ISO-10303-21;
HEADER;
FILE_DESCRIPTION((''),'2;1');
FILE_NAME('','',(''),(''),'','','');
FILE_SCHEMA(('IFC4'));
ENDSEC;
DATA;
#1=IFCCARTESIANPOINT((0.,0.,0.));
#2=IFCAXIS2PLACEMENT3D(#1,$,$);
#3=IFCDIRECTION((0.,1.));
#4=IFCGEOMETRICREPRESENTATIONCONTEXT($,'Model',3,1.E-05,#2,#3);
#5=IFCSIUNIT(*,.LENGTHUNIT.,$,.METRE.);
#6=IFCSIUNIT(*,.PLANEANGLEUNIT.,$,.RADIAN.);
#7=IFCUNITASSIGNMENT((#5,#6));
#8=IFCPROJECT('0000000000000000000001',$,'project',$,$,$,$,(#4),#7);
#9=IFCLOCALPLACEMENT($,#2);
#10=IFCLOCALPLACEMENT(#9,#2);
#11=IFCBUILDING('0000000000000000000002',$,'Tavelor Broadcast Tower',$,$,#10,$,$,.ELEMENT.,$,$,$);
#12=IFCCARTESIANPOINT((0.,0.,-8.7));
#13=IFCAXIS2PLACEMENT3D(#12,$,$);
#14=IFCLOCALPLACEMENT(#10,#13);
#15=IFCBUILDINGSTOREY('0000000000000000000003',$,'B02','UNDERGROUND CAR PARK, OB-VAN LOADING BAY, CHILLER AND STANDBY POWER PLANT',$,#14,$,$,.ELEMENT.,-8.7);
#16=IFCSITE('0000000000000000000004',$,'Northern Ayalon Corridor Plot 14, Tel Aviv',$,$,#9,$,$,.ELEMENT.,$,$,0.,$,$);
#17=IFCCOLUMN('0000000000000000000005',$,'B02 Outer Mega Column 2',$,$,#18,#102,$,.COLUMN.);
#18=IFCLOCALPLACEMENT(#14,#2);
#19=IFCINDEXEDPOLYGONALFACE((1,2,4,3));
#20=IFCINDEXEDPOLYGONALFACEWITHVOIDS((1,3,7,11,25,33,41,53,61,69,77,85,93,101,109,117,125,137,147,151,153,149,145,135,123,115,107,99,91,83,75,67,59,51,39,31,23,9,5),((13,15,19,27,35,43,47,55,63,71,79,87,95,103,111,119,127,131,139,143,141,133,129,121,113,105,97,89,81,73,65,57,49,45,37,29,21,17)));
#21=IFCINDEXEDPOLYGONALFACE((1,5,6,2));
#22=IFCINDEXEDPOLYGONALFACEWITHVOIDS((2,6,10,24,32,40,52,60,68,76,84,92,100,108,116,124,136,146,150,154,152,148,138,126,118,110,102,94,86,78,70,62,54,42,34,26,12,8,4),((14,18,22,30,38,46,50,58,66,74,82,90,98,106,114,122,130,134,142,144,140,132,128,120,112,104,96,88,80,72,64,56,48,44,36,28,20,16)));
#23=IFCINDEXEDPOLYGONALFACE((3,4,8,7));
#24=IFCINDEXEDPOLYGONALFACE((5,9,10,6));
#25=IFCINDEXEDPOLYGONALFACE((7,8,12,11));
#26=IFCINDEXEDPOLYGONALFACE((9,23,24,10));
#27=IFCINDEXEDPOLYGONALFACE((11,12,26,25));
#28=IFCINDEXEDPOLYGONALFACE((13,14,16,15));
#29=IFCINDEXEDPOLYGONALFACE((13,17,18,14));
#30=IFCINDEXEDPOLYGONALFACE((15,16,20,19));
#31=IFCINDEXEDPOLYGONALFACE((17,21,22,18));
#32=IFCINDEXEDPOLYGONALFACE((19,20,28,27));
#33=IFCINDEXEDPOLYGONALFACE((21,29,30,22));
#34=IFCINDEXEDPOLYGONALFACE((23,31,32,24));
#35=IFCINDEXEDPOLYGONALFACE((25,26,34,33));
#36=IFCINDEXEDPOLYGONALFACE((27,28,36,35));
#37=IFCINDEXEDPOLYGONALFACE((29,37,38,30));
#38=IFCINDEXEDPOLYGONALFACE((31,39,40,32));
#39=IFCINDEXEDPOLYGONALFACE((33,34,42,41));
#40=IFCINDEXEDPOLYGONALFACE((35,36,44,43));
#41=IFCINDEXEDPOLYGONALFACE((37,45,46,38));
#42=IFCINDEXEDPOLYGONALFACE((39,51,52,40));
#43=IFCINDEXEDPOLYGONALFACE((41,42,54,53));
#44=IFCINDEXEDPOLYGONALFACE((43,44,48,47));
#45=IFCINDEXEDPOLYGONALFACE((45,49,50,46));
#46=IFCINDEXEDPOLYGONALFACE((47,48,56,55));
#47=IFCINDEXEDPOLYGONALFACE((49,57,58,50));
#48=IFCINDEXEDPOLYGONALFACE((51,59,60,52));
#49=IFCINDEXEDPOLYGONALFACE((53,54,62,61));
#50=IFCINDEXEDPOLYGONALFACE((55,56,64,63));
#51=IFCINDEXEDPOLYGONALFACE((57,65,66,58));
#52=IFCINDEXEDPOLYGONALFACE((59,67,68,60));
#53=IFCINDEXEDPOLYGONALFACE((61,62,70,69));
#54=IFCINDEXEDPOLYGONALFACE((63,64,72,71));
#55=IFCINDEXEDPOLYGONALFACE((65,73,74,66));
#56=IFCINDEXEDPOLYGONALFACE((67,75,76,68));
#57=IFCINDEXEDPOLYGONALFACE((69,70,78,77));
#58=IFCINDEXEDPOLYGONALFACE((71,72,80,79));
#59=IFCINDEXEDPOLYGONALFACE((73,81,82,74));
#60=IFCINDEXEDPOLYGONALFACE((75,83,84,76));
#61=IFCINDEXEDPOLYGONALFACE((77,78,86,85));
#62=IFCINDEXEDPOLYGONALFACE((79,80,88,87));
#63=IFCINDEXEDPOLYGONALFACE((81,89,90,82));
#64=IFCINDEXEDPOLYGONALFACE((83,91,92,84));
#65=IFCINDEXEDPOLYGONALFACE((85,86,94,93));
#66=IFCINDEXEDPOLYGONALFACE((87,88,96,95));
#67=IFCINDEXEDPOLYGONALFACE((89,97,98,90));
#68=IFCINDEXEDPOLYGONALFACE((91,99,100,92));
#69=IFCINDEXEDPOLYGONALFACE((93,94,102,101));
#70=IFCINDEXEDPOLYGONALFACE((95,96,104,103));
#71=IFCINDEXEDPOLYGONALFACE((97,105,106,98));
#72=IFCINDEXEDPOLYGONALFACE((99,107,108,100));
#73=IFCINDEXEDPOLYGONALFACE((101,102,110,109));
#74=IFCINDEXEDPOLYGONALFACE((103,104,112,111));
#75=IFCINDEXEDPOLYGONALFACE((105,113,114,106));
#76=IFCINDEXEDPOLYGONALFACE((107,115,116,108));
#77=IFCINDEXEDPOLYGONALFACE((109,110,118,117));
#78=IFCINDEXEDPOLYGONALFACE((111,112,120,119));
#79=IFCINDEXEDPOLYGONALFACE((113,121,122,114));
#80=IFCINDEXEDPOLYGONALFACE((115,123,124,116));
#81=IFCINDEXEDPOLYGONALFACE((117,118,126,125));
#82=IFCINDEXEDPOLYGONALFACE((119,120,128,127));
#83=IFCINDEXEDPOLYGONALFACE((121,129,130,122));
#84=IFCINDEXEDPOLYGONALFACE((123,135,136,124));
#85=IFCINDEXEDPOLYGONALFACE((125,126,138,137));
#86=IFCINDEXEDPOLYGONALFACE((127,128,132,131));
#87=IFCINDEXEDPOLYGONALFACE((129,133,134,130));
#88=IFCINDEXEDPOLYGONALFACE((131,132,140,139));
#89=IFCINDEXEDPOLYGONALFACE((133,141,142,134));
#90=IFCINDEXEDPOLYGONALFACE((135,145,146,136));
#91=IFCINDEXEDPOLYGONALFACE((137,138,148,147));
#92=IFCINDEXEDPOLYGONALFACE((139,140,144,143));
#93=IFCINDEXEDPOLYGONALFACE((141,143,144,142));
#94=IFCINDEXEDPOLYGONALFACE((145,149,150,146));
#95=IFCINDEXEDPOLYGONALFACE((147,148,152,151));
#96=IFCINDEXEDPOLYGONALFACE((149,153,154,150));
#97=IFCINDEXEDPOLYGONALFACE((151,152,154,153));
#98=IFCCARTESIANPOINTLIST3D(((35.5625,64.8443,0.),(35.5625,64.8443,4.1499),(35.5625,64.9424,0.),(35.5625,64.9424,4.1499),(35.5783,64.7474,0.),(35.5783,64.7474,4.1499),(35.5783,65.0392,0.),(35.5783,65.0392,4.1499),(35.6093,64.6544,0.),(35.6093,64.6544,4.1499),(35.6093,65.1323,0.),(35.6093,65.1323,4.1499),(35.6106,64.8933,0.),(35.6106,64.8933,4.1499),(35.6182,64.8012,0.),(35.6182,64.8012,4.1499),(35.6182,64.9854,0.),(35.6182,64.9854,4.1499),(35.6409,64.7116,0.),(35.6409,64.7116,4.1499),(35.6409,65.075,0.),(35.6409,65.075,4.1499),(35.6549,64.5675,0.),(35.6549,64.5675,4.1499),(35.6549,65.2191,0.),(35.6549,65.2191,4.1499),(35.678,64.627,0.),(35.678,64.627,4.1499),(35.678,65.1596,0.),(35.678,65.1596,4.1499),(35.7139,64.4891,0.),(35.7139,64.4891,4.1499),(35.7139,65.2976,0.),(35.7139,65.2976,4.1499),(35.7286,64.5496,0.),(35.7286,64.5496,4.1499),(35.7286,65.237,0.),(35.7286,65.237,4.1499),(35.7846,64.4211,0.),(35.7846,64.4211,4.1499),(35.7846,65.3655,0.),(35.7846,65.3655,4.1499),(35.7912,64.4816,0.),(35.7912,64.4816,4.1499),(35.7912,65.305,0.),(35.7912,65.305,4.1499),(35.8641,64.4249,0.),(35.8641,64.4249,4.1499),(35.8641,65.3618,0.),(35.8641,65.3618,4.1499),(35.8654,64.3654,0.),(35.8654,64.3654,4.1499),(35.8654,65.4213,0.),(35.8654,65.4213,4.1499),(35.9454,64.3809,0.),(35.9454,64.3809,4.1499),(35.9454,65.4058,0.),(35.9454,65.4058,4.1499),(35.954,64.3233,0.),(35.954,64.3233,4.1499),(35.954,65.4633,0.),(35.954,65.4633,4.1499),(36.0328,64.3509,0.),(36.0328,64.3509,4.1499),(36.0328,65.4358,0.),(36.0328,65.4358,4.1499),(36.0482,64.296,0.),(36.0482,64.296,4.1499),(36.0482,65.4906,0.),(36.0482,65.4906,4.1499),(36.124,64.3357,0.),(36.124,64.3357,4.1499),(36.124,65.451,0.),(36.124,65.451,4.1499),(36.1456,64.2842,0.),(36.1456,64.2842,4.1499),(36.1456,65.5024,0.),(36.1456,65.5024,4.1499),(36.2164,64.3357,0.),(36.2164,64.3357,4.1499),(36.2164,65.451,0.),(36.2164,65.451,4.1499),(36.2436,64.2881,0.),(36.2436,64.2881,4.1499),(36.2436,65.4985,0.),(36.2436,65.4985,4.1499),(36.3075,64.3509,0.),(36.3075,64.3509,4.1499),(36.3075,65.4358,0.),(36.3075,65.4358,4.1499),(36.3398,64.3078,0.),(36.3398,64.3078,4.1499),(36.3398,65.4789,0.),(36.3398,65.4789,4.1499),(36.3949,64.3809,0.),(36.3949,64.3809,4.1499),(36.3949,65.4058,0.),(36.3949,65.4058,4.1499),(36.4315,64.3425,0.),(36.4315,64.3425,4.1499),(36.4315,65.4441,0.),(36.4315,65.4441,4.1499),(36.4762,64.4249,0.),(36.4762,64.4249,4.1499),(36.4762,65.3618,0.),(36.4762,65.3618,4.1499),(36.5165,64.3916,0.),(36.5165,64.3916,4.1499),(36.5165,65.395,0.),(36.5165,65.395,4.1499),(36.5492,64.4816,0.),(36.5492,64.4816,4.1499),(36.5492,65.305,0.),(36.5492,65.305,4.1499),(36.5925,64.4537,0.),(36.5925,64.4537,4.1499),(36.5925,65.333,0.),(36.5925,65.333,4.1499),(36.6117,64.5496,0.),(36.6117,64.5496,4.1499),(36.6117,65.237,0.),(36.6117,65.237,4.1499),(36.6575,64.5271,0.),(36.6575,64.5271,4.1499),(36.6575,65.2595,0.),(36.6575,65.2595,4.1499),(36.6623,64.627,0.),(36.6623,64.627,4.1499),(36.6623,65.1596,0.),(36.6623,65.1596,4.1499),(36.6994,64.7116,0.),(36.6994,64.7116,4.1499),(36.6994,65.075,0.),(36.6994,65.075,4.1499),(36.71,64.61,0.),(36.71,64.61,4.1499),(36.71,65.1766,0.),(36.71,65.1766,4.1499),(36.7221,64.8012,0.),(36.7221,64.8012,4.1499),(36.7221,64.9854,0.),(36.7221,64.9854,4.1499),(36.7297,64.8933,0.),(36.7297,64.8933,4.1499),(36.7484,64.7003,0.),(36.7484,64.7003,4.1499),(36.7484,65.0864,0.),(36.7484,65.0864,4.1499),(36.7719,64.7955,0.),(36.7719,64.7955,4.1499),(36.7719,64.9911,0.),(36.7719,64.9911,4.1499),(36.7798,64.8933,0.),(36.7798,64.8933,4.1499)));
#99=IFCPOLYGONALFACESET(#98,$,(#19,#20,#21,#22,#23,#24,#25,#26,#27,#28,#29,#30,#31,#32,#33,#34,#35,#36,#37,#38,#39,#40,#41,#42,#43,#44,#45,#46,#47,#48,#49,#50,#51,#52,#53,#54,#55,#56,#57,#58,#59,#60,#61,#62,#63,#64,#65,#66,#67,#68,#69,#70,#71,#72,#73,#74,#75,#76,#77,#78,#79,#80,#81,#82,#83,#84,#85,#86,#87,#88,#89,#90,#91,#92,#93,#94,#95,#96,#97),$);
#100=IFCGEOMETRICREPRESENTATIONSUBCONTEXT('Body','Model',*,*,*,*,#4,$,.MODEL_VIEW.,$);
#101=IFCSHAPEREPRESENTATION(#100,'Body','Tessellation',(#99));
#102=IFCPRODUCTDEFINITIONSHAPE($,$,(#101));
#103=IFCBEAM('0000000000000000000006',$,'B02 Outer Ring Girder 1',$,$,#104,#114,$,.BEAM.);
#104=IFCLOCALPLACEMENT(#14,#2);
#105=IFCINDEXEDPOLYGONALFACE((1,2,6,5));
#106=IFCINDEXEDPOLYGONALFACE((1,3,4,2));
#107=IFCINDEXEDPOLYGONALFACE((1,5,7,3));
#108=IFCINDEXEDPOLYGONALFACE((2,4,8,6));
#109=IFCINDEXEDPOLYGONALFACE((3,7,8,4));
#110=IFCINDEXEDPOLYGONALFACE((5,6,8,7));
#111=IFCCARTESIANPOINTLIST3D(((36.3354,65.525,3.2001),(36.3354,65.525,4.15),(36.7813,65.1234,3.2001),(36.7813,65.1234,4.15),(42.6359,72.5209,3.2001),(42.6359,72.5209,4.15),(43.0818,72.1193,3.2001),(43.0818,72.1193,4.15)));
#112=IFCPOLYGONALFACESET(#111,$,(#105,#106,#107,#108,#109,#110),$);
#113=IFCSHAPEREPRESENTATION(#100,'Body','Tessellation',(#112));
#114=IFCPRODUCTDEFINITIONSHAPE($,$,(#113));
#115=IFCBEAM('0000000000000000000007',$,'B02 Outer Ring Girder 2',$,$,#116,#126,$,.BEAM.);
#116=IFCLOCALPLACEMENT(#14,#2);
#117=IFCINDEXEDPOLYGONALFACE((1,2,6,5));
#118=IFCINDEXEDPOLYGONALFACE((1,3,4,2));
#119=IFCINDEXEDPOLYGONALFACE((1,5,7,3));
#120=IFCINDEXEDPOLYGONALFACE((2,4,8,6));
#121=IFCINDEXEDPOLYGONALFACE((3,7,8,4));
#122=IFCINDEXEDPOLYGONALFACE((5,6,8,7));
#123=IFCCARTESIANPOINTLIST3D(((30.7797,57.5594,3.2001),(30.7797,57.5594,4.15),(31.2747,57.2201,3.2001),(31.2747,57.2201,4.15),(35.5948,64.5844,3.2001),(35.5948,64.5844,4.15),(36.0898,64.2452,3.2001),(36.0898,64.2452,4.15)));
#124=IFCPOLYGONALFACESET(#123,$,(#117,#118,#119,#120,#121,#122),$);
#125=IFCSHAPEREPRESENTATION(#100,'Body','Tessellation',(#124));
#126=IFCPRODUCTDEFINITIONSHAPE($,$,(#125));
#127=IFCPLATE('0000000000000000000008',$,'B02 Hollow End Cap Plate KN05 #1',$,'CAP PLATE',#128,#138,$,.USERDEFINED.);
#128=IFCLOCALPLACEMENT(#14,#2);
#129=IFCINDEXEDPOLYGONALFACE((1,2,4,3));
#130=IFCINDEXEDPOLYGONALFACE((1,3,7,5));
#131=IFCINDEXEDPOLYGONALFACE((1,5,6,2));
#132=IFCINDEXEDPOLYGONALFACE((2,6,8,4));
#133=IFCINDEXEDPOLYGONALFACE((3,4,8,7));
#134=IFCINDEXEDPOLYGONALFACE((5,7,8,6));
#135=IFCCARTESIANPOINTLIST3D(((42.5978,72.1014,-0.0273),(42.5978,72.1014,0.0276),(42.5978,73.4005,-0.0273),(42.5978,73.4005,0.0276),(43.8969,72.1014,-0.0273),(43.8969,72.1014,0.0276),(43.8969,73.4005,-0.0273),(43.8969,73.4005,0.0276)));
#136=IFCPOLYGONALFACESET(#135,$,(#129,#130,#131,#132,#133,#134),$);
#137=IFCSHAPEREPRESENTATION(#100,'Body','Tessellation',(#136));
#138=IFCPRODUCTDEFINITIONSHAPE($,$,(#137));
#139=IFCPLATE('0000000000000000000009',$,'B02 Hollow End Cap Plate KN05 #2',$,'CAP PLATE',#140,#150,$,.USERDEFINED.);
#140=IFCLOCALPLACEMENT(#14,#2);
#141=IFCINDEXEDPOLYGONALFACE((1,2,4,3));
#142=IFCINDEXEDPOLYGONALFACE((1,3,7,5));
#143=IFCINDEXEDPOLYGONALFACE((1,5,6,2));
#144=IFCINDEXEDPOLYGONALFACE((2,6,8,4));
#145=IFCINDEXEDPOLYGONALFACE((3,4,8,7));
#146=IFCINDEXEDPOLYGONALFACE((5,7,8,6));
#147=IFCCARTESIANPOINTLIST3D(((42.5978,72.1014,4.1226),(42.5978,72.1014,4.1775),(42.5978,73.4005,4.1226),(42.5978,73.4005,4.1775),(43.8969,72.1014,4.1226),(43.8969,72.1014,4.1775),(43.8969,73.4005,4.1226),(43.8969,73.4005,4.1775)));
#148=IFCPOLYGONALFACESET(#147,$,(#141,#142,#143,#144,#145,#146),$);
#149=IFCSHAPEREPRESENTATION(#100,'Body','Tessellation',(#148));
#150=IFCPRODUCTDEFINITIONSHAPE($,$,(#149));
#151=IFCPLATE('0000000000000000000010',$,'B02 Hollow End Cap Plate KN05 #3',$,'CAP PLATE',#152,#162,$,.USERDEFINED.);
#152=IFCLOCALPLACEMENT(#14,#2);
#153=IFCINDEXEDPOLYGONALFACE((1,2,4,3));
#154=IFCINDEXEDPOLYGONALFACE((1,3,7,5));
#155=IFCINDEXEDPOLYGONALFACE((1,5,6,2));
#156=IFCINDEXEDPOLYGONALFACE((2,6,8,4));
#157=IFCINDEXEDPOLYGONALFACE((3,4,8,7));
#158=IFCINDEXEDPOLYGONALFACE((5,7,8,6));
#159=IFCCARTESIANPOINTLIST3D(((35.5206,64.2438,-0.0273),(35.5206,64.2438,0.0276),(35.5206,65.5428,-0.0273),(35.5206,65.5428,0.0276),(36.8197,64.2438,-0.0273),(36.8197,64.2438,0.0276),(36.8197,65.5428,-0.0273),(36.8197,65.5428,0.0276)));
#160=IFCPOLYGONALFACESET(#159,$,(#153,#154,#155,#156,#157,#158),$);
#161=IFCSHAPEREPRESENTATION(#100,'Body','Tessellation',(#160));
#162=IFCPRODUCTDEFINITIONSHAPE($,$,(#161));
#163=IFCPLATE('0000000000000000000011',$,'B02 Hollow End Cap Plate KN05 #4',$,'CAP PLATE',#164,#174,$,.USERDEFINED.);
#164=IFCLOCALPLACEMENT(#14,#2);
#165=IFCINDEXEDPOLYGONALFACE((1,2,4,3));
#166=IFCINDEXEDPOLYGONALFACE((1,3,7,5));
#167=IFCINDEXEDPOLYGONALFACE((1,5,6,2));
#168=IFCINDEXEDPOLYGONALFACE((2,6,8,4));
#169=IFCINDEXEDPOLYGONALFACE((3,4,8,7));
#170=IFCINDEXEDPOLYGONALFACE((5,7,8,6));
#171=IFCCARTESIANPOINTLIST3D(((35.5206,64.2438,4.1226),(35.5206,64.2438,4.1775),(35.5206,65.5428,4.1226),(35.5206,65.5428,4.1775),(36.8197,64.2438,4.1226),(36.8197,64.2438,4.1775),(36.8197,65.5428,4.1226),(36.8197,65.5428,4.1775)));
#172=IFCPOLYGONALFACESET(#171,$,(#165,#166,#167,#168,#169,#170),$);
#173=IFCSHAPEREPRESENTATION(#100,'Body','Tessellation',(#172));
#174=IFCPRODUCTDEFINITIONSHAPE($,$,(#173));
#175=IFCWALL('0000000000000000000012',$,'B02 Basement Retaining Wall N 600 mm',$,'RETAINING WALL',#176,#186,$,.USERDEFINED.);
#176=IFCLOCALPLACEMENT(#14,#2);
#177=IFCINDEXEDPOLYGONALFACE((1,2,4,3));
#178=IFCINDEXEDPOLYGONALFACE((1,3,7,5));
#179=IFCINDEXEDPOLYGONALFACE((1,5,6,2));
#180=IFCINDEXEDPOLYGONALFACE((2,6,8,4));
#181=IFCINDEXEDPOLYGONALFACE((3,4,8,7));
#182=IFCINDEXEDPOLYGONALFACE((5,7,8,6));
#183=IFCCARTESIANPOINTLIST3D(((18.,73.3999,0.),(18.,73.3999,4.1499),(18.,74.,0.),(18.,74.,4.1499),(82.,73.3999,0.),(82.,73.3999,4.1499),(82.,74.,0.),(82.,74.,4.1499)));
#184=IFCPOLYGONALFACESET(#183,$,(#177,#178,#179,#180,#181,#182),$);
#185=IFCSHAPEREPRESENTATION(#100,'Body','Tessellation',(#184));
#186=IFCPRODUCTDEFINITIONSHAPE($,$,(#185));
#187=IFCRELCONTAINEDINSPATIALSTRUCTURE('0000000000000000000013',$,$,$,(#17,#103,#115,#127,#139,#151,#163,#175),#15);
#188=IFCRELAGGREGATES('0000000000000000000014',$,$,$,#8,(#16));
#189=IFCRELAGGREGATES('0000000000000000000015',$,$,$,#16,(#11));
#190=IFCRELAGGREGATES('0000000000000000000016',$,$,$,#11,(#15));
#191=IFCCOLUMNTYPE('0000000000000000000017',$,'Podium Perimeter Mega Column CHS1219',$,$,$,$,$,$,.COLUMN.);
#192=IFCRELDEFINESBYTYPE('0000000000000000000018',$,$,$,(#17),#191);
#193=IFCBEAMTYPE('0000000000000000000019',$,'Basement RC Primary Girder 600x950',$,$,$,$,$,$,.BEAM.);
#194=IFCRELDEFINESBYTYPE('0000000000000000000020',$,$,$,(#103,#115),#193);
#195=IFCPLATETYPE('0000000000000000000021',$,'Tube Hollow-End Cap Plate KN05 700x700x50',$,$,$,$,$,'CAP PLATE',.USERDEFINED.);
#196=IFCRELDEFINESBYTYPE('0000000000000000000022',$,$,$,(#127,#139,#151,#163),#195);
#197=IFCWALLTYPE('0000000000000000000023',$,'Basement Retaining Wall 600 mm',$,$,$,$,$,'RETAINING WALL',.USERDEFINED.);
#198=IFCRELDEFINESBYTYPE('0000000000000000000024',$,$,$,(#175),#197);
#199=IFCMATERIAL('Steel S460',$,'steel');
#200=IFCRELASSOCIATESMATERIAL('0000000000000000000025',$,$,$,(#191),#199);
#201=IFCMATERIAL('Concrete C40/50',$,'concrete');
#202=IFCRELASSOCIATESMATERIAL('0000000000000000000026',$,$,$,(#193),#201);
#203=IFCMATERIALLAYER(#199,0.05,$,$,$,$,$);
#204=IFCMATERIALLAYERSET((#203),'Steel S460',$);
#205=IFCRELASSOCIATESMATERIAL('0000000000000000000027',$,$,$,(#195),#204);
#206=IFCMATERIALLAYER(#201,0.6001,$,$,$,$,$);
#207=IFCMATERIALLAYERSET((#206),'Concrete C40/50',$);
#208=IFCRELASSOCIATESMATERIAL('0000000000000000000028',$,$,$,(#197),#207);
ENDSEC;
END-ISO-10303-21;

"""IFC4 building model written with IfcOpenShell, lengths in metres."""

from ifc_helpers import new_model, si_unit, direction, frame, frame_2d, origin, origin_2d, place, context, subcontext, project, spatial, rectangle, hollow_circle, extrude, source, transform, mapped, material, layer, layer_set, material_profile, profile_set, type_object, type_shapes, element, save


model = new_model("IFC4")

# Units and contexts
model_context = context("Model", 3, precision=1e-05, world=origin(), true_north=direction((0.0, 1.0)))
body_context = subcontext(model_context, "Body", "Model", "MODEL_VIEW")
ifc_project = project(units=[si_unit("LENGTHUNIT", "METRE"), si_unit("PLANEANGLEUNIT", "RADIAN")], contexts=[model_context])

# Site, building, storey
site_placement = place(None, origin())
site = spatial("IfcSite", under=ifc_project, at=site_placement, Name="Northern Ayalon Corridor Plot 14, Tel Aviv", CompositionType="ELEMENT", RefElevation=0.0)
building_placement = place(site_placement, origin())
building = spatial("IfcBuilding", under=site, at=building_placement, Name="Tavelor Broadcast Tower", CompositionType="ELEMENT")
storey_placement = place(building_placement, frame((0.0, 0.0, -8.7)))
storey = spatial("IfcBuildingStorey", under=building, at=storey_placement, Name="B02", Description="UNDERGROUND CAR PARK, OB-VAN LOADING BAY, CHILLER AND STANDBY POWER PLANT", CompositionType="ELEMENT", Elevation=-8.7)

# Shared definitions
ifc_material_1 = material(Name="Concrete C40/50", Category="concrete")

# Column
ifc_material_2 = material(Name="Steel S460", Category="steel")
ifc_material_profile_1 = material_profile(ifc_material_2, hollow_circle(Radius=0.6096, WallThickness=0.05, at=origin_2d()), Name="CHS 1219x50")
ifc_profile_set_1 = profile_set([ifc_material_profile_1], Name="Steel S460")
column_type = type_object("IfcColumnType", Name="Podium Perimeter Mega Column CHS1219", PredefinedType="COLUMN", material=ifc_profile_set_1)
for number, where, z_axis, x_axis, name in (
    (1, (36.1702, 64.8933, 0.0), (0.0, 0.0, 1.0), (1.0, 0.0, 0.0), "B02 Outer Mega Column 2"),
):
    element("IfcColumn", number, at=place(storey_placement, frame(where, z_axis=z_axis, x_axis=x_axis)), inside=storey, type_object=column_type, Name=name, PredefinedType="COLUMN", context=body_context, shape_type="SweptSolid", body=[
        extrude(hollow_circle(Radius=0.6096, WallThickness=0.05, at=origin_2d()), origin(), (0.0, 0.0, 1.0), 4.1499),
    ])

# Beams
ifc_material_profile_2 = material_profile(ifc_material_1, rectangle(XDim=0.6001, YDim=0.95, at=origin_2d()), Name="RC 600x950")
ifc_profile_set_2 = profile_set([ifc_material_profile_2], Name="Concrete C40/50")
beam_type = type_object("IfcBeamType", Name="Basement RC Primary Girder 600x950", PredefinedType="BEAM", material=ifc_profile_set_2)
beam_1_placement = place(storey_placement, frame((42.8589, 72.3201, 3.675), z_axis=(-0.669215, -0.743068, 0.0), x_axis=(0.743068, -0.669215, 0.0)))
element("IfcBeam", 2, at=beam_1_placement, inside=storey, type_object=beam_type, Name="B02 Outer Ring Girder 1", PredefinedType="BEAM", context=body_context, shape_type="SweptSolid", body=[
    extrude(rectangle(XDim=0.6001, YDim=0.95, at=origin_2d()), origin(), (0.0, 0.0, 1.0), 9.4148),
])
beam_2_placement = place(storey_placement, frame((35.8423, 64.4148, 3.675), z_axis=(-0.565364, -0.824842, 0.0), x_axis=(0.824842, -0.565364, 0.0)))
element("IfcBeam", 3, at=beam_2_placement, inside=storey, type_object=beam_type, Name="B02 Outer Ring Girder 2", PredefinedType="BEAM", context=body_context, shape_type="SweptSolid", body=[
    extrude(rectangle(XDim=0.6001, YDim=0.95, at=origin_2d()), origin(), (0.0, 0.0, 1.0), 8.5168),
])

# Plates
ifc_layer_1 = layer(ifc_material_2, 0.05)
ifc_layer_set_1 = layer_set([ifc_layer_1], Name="Steel S460")
plate_type = type_object("IfcPlateType", Name="Tube Hollow-End Cap Plate KN05 700x700x50", ElementType="CAP PLATE", PredefinedType="USERDEFINED", material=ifc_layer_set_1)
shared_shape = source(origin(), body_context, "Body", "SweptSolid", [
    extrude(rectangle(XDim=1.2991, YDim=1.2991, at=origin_2d()), origin(), (0.0, 0.0, 1.0), 0.0549),
])
type_shapes(plate_type, [shared_shape])
for number, where, z_axis, x_axis, name in (
    (4, (43.2473, 72.751, -0.0273), (0.0, 0.0, 1.0), (1.0, 0.0, 0.0), "B02 Hollow End Cap Plate KN05 #1"),
    (5, (43.2473, 72.751, 4.1226), (0.0, 0.0, 1.0), (1.0, 0.0, 0.0), "B02 Hollow End Cap Plate KN05 #2"),
    (6, (36.1702, 64.8933, -0.0273), (0.0, 0.0, 1.0), (1.0, 0.0, 0.0), "B02 Hollow End Cap Plate KN05 #3"),
    (7, (36.1702, 64.8933, 4.1226), (0.0, 0.0, 1.0), (1.0, 0.0, 0.0), "B02 Hollow End Cap Plate KN05 #4"),
):
    element("IfcPlate", number, at=place(storey_placement, frame(where, z_axis=z_axis, x_axis=x_axis)), inside=storey, type_object=plate_type, Name=name, ObjectType="CAP PLATE", PredefinedType="USERDEFINED", context=body_context, shape_type="MappedRepresentation", body=[
        mapped(shared_shape, transform((0.0, 0.0, 0.0), scale=1.0)),
    ])

# Wall
ifc_layer_2 = layer(ifc_material_1, 0.6001)
ifc_layer_set_2 = layer_set([ifc_layer_2], Name="Concrete C40/50")
wall_type = type_object("IfcWallType", Name="Basement Retaining Wall 600 mm", ElementType="RETAINING WALL", PredefinedType="USERDEFINED", material=ifc_layer_set_2)
wall_placement = place(storey_placement, frame((18.0, 73.7, 0.0), z_axis=(0.0, 0.0, 1.0), x_axis=(1.0, 0.0, 0.0)))
element("IfcWall", 8, at=wall_placement, inside=storey, type_object=wall_type, Name="B02 Basement Retaining Wall N 600 mm", ObjectType="RETAINING WALL", PredefinedType="USERDEFINED", context=body_context, shape_type="SweptSolid", body=[
    extrude(rectangle(XDim=64.0, YDim=0.6001, at=frame_2d((32.0, 0.0))), origin(), (0.0, 0.0, 1.0), 4.1499),
])

save(model, "model.ifc")
